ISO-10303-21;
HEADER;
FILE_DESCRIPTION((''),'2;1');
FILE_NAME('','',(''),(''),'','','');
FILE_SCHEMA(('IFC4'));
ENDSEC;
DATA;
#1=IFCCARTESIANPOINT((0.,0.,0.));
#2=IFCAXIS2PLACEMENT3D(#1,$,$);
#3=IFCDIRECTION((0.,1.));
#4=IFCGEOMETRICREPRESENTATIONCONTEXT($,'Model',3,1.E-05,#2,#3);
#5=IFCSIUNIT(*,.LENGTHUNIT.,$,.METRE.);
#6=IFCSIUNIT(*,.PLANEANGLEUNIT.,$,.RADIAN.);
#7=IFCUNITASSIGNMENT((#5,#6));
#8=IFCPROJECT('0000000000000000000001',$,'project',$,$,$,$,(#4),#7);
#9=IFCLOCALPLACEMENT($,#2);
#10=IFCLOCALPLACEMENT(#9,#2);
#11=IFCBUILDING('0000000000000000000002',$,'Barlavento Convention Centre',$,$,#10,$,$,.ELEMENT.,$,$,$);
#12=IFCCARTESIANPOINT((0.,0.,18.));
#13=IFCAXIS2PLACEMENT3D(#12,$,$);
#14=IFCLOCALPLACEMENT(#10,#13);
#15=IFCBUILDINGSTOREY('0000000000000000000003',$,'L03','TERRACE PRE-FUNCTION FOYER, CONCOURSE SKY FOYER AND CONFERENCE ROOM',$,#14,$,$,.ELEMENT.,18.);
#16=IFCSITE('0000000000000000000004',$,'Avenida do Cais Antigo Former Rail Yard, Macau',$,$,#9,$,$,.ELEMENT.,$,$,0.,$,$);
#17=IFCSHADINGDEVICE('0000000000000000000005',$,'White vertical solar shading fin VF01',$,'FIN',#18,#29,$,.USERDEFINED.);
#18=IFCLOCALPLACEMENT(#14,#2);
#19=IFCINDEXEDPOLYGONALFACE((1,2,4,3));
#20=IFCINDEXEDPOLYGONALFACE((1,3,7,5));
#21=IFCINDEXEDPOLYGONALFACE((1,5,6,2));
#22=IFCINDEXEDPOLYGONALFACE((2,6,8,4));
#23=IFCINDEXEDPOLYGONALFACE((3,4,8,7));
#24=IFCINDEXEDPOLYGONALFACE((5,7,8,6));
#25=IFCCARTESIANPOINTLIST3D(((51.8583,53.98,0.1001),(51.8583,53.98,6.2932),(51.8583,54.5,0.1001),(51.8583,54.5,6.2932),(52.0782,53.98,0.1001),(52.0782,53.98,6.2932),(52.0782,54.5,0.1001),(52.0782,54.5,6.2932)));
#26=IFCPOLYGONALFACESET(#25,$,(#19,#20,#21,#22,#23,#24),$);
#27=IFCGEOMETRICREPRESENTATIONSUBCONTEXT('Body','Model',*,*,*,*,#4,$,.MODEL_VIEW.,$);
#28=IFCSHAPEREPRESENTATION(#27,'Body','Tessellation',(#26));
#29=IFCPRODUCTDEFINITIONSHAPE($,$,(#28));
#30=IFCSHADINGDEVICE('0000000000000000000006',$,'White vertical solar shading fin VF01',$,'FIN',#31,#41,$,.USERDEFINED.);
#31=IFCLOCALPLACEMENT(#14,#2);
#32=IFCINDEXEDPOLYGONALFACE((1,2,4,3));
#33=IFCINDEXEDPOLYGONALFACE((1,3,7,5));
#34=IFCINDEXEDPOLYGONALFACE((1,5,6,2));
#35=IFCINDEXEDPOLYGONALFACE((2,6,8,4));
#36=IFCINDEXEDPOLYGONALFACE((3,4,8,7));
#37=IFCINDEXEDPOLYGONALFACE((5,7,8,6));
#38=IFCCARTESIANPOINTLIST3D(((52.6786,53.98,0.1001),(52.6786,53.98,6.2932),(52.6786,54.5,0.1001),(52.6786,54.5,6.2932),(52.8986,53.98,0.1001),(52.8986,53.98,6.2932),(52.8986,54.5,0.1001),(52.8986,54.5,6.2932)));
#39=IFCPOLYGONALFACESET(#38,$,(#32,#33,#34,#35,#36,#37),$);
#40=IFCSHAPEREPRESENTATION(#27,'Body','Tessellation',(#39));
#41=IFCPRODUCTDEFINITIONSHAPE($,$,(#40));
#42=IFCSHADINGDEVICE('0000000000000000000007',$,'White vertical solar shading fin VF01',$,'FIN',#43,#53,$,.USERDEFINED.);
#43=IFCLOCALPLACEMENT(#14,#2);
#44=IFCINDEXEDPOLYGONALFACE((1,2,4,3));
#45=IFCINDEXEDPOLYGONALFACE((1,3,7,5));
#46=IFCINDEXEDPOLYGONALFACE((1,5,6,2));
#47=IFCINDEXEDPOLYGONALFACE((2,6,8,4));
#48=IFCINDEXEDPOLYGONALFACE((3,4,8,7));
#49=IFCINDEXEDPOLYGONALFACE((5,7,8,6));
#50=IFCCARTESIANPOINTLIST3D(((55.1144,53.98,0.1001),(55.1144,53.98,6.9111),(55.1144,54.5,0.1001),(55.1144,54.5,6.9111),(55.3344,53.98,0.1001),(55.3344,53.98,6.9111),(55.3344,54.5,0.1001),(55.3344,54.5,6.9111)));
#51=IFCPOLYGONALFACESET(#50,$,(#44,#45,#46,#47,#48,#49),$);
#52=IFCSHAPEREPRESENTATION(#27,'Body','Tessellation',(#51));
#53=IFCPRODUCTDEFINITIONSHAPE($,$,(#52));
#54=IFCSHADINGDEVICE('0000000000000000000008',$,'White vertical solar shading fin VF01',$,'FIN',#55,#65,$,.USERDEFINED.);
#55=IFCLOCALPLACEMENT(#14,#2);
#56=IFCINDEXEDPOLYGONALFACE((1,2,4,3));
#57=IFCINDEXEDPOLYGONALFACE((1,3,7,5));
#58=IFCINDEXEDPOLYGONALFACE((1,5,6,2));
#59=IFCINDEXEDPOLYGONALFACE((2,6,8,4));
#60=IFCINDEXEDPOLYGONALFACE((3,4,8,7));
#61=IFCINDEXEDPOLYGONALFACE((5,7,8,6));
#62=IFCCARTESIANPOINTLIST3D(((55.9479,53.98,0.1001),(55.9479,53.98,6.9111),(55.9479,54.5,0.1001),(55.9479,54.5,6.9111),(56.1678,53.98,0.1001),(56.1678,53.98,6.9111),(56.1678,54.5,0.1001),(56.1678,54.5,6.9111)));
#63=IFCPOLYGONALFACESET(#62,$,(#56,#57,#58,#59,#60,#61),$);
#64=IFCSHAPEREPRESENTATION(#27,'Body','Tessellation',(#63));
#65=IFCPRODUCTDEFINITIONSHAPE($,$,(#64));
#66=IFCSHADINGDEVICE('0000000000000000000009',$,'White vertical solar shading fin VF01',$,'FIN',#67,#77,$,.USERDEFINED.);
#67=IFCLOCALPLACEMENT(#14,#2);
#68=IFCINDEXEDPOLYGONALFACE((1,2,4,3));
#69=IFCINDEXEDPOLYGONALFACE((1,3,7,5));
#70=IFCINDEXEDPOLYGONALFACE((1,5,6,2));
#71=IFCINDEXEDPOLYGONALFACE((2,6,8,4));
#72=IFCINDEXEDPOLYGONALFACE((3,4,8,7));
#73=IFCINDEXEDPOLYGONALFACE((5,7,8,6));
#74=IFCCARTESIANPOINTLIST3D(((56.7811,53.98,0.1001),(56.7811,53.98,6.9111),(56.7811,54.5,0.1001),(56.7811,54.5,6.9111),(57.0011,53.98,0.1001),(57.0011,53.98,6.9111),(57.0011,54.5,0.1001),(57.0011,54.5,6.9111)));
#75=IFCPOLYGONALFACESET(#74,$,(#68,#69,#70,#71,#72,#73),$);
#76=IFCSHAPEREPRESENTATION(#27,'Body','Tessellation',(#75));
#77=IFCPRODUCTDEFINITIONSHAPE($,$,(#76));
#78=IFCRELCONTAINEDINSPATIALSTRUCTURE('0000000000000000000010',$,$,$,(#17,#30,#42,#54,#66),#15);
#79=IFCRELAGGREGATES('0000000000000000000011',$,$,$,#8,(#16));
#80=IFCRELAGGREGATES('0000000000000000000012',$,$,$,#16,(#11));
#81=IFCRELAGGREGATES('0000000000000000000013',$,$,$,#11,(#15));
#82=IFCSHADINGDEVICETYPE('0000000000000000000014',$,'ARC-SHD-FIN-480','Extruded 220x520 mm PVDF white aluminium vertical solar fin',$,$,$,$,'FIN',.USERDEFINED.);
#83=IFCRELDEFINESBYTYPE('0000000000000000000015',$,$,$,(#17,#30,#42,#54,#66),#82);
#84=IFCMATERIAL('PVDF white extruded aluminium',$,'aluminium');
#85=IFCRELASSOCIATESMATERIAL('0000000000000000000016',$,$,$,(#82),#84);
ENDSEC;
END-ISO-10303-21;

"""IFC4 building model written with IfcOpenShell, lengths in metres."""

from ifc_helpers import new_model, si_unit, direction, frame, origin, origin_2d, place, context, subcontext, project, spatial, rectangle, extrude, material, type_object, element, save


model = new_model("IFC4")

# Units and contexts
model_context = context("Model", 3, precision=1e-05, world=origin(), true_north=direction((0.0, 1.0)))
body_context = subcontext(model_context, "Body", "Model", "MODEL_VIEW")
ifc_project = project(units=[si_unit("LENGTHUNIT", "METRE"), si_unit("PLANEANGLEUNIT", "RADIAN")], contexts=[model_context])

# Site, building, storey
site_placement = place(None, origin())
site = spatial("IfcSite", under=ifc_project, at=site_placement, Name="Avenida do Cais Antigo Former Rail Yard, Macau", CompositionType="ELEMENT", RefElevation=0.0)
building_placement = place(site_placement, origin())
building = spatial("IfcBuilding", under=site, at=building_placement, Name="Barlavento Convention Centre", CompositionType="ELEMENT")
storey_placement = place(building_placement, frame((0.0, 0.0, 18.0)))
storey = spatial("IfcBuildingStorey", under=building, at=storey_placement, Name="L03", Description="TERRACE PRE-FUNCTION FOYER, CONCOURSE SKY FOYER AND CONFERENCE ROOM", CompositionType="ELEMENT", Elevation=18.0)

# Shading devices
ifc_material_1 = material(Name="PVDF white extruded aluminium", Category="aluminium")
shading_device_type = type_object("IfcShadingDeviceType", Name="ARC-SHD-FIN-480", Description="Extruded 220x520 mm PVDF white aluminium vertical solar fin", ElementType="FIN", PredefinedType="USERDEFINED", material=ifc_material_1)
for number, where, z_axis, x_axis, name in (
    (1, (51.9683, 54.24, 0.1001), (0.0, 0.0, 1.0), (1.0, 0.0, 0.0), "White vertical solar shading fin VF01"),
    (2, (52.7886, 54.24, 0.1001), (0.0, 0.0, 1.0), (1.0, 0.0, 0.0), "White vertical solar shading fin VF01"),
):
    element("IfcShadingDevice", number, at=place(storey_placement, frame(where, z_axis=z_axis, x_axis=x_axis)), inside=storey, type_object=shading_device_type, Name=name, ObjectType="FIN", PredefinedType="USERDEFINED", context=body_context, shape_type="SweptSolid", body=[
        extrude(rectangle(XDim=0.22, YDim=0.52, at=origin_2d()), origin(), (0.0, 0.0, 1.0), 6.1931),
    ])
for number, where, z_axis, x_axis, name in (
    (3, (55.2244, 54.24, 0.1001), (0.0, 0.0, 1.0), (1.0, 0.0, 0.0), "White vertical solar shading fin VF01"),
    (4, (56.0579, 54.24, 0.1001), (0.0, 0.0, 1.0), (1.0, 0.0, 0.0), "White vertical solar shading fin VF01"),
    (5, (56.8911, 54.24, 0.1001), (0.0, 0.0, 1.0), (1.0, 0.0, 0.0), "White vertical solar shading fin VF01"),
):
    element("IfcShadingDevice", number, at=place(storey_placement, frame(where, z_axis=z_axis, x_axis=x_axis)), inside=storey, type_object=shading_device_type, Name=name, ObjectType="FIN", PredefinedType="USERDEFINED", context=body_context, shape_type="SweptSolid", body=[
        extrude(rectangle(XDim=0.22, YDim=0.52, at=origin_2d()), origin(), (0.0, 0.0, 1.0), 6.811),
    ])

save(model, "model.ifc")
